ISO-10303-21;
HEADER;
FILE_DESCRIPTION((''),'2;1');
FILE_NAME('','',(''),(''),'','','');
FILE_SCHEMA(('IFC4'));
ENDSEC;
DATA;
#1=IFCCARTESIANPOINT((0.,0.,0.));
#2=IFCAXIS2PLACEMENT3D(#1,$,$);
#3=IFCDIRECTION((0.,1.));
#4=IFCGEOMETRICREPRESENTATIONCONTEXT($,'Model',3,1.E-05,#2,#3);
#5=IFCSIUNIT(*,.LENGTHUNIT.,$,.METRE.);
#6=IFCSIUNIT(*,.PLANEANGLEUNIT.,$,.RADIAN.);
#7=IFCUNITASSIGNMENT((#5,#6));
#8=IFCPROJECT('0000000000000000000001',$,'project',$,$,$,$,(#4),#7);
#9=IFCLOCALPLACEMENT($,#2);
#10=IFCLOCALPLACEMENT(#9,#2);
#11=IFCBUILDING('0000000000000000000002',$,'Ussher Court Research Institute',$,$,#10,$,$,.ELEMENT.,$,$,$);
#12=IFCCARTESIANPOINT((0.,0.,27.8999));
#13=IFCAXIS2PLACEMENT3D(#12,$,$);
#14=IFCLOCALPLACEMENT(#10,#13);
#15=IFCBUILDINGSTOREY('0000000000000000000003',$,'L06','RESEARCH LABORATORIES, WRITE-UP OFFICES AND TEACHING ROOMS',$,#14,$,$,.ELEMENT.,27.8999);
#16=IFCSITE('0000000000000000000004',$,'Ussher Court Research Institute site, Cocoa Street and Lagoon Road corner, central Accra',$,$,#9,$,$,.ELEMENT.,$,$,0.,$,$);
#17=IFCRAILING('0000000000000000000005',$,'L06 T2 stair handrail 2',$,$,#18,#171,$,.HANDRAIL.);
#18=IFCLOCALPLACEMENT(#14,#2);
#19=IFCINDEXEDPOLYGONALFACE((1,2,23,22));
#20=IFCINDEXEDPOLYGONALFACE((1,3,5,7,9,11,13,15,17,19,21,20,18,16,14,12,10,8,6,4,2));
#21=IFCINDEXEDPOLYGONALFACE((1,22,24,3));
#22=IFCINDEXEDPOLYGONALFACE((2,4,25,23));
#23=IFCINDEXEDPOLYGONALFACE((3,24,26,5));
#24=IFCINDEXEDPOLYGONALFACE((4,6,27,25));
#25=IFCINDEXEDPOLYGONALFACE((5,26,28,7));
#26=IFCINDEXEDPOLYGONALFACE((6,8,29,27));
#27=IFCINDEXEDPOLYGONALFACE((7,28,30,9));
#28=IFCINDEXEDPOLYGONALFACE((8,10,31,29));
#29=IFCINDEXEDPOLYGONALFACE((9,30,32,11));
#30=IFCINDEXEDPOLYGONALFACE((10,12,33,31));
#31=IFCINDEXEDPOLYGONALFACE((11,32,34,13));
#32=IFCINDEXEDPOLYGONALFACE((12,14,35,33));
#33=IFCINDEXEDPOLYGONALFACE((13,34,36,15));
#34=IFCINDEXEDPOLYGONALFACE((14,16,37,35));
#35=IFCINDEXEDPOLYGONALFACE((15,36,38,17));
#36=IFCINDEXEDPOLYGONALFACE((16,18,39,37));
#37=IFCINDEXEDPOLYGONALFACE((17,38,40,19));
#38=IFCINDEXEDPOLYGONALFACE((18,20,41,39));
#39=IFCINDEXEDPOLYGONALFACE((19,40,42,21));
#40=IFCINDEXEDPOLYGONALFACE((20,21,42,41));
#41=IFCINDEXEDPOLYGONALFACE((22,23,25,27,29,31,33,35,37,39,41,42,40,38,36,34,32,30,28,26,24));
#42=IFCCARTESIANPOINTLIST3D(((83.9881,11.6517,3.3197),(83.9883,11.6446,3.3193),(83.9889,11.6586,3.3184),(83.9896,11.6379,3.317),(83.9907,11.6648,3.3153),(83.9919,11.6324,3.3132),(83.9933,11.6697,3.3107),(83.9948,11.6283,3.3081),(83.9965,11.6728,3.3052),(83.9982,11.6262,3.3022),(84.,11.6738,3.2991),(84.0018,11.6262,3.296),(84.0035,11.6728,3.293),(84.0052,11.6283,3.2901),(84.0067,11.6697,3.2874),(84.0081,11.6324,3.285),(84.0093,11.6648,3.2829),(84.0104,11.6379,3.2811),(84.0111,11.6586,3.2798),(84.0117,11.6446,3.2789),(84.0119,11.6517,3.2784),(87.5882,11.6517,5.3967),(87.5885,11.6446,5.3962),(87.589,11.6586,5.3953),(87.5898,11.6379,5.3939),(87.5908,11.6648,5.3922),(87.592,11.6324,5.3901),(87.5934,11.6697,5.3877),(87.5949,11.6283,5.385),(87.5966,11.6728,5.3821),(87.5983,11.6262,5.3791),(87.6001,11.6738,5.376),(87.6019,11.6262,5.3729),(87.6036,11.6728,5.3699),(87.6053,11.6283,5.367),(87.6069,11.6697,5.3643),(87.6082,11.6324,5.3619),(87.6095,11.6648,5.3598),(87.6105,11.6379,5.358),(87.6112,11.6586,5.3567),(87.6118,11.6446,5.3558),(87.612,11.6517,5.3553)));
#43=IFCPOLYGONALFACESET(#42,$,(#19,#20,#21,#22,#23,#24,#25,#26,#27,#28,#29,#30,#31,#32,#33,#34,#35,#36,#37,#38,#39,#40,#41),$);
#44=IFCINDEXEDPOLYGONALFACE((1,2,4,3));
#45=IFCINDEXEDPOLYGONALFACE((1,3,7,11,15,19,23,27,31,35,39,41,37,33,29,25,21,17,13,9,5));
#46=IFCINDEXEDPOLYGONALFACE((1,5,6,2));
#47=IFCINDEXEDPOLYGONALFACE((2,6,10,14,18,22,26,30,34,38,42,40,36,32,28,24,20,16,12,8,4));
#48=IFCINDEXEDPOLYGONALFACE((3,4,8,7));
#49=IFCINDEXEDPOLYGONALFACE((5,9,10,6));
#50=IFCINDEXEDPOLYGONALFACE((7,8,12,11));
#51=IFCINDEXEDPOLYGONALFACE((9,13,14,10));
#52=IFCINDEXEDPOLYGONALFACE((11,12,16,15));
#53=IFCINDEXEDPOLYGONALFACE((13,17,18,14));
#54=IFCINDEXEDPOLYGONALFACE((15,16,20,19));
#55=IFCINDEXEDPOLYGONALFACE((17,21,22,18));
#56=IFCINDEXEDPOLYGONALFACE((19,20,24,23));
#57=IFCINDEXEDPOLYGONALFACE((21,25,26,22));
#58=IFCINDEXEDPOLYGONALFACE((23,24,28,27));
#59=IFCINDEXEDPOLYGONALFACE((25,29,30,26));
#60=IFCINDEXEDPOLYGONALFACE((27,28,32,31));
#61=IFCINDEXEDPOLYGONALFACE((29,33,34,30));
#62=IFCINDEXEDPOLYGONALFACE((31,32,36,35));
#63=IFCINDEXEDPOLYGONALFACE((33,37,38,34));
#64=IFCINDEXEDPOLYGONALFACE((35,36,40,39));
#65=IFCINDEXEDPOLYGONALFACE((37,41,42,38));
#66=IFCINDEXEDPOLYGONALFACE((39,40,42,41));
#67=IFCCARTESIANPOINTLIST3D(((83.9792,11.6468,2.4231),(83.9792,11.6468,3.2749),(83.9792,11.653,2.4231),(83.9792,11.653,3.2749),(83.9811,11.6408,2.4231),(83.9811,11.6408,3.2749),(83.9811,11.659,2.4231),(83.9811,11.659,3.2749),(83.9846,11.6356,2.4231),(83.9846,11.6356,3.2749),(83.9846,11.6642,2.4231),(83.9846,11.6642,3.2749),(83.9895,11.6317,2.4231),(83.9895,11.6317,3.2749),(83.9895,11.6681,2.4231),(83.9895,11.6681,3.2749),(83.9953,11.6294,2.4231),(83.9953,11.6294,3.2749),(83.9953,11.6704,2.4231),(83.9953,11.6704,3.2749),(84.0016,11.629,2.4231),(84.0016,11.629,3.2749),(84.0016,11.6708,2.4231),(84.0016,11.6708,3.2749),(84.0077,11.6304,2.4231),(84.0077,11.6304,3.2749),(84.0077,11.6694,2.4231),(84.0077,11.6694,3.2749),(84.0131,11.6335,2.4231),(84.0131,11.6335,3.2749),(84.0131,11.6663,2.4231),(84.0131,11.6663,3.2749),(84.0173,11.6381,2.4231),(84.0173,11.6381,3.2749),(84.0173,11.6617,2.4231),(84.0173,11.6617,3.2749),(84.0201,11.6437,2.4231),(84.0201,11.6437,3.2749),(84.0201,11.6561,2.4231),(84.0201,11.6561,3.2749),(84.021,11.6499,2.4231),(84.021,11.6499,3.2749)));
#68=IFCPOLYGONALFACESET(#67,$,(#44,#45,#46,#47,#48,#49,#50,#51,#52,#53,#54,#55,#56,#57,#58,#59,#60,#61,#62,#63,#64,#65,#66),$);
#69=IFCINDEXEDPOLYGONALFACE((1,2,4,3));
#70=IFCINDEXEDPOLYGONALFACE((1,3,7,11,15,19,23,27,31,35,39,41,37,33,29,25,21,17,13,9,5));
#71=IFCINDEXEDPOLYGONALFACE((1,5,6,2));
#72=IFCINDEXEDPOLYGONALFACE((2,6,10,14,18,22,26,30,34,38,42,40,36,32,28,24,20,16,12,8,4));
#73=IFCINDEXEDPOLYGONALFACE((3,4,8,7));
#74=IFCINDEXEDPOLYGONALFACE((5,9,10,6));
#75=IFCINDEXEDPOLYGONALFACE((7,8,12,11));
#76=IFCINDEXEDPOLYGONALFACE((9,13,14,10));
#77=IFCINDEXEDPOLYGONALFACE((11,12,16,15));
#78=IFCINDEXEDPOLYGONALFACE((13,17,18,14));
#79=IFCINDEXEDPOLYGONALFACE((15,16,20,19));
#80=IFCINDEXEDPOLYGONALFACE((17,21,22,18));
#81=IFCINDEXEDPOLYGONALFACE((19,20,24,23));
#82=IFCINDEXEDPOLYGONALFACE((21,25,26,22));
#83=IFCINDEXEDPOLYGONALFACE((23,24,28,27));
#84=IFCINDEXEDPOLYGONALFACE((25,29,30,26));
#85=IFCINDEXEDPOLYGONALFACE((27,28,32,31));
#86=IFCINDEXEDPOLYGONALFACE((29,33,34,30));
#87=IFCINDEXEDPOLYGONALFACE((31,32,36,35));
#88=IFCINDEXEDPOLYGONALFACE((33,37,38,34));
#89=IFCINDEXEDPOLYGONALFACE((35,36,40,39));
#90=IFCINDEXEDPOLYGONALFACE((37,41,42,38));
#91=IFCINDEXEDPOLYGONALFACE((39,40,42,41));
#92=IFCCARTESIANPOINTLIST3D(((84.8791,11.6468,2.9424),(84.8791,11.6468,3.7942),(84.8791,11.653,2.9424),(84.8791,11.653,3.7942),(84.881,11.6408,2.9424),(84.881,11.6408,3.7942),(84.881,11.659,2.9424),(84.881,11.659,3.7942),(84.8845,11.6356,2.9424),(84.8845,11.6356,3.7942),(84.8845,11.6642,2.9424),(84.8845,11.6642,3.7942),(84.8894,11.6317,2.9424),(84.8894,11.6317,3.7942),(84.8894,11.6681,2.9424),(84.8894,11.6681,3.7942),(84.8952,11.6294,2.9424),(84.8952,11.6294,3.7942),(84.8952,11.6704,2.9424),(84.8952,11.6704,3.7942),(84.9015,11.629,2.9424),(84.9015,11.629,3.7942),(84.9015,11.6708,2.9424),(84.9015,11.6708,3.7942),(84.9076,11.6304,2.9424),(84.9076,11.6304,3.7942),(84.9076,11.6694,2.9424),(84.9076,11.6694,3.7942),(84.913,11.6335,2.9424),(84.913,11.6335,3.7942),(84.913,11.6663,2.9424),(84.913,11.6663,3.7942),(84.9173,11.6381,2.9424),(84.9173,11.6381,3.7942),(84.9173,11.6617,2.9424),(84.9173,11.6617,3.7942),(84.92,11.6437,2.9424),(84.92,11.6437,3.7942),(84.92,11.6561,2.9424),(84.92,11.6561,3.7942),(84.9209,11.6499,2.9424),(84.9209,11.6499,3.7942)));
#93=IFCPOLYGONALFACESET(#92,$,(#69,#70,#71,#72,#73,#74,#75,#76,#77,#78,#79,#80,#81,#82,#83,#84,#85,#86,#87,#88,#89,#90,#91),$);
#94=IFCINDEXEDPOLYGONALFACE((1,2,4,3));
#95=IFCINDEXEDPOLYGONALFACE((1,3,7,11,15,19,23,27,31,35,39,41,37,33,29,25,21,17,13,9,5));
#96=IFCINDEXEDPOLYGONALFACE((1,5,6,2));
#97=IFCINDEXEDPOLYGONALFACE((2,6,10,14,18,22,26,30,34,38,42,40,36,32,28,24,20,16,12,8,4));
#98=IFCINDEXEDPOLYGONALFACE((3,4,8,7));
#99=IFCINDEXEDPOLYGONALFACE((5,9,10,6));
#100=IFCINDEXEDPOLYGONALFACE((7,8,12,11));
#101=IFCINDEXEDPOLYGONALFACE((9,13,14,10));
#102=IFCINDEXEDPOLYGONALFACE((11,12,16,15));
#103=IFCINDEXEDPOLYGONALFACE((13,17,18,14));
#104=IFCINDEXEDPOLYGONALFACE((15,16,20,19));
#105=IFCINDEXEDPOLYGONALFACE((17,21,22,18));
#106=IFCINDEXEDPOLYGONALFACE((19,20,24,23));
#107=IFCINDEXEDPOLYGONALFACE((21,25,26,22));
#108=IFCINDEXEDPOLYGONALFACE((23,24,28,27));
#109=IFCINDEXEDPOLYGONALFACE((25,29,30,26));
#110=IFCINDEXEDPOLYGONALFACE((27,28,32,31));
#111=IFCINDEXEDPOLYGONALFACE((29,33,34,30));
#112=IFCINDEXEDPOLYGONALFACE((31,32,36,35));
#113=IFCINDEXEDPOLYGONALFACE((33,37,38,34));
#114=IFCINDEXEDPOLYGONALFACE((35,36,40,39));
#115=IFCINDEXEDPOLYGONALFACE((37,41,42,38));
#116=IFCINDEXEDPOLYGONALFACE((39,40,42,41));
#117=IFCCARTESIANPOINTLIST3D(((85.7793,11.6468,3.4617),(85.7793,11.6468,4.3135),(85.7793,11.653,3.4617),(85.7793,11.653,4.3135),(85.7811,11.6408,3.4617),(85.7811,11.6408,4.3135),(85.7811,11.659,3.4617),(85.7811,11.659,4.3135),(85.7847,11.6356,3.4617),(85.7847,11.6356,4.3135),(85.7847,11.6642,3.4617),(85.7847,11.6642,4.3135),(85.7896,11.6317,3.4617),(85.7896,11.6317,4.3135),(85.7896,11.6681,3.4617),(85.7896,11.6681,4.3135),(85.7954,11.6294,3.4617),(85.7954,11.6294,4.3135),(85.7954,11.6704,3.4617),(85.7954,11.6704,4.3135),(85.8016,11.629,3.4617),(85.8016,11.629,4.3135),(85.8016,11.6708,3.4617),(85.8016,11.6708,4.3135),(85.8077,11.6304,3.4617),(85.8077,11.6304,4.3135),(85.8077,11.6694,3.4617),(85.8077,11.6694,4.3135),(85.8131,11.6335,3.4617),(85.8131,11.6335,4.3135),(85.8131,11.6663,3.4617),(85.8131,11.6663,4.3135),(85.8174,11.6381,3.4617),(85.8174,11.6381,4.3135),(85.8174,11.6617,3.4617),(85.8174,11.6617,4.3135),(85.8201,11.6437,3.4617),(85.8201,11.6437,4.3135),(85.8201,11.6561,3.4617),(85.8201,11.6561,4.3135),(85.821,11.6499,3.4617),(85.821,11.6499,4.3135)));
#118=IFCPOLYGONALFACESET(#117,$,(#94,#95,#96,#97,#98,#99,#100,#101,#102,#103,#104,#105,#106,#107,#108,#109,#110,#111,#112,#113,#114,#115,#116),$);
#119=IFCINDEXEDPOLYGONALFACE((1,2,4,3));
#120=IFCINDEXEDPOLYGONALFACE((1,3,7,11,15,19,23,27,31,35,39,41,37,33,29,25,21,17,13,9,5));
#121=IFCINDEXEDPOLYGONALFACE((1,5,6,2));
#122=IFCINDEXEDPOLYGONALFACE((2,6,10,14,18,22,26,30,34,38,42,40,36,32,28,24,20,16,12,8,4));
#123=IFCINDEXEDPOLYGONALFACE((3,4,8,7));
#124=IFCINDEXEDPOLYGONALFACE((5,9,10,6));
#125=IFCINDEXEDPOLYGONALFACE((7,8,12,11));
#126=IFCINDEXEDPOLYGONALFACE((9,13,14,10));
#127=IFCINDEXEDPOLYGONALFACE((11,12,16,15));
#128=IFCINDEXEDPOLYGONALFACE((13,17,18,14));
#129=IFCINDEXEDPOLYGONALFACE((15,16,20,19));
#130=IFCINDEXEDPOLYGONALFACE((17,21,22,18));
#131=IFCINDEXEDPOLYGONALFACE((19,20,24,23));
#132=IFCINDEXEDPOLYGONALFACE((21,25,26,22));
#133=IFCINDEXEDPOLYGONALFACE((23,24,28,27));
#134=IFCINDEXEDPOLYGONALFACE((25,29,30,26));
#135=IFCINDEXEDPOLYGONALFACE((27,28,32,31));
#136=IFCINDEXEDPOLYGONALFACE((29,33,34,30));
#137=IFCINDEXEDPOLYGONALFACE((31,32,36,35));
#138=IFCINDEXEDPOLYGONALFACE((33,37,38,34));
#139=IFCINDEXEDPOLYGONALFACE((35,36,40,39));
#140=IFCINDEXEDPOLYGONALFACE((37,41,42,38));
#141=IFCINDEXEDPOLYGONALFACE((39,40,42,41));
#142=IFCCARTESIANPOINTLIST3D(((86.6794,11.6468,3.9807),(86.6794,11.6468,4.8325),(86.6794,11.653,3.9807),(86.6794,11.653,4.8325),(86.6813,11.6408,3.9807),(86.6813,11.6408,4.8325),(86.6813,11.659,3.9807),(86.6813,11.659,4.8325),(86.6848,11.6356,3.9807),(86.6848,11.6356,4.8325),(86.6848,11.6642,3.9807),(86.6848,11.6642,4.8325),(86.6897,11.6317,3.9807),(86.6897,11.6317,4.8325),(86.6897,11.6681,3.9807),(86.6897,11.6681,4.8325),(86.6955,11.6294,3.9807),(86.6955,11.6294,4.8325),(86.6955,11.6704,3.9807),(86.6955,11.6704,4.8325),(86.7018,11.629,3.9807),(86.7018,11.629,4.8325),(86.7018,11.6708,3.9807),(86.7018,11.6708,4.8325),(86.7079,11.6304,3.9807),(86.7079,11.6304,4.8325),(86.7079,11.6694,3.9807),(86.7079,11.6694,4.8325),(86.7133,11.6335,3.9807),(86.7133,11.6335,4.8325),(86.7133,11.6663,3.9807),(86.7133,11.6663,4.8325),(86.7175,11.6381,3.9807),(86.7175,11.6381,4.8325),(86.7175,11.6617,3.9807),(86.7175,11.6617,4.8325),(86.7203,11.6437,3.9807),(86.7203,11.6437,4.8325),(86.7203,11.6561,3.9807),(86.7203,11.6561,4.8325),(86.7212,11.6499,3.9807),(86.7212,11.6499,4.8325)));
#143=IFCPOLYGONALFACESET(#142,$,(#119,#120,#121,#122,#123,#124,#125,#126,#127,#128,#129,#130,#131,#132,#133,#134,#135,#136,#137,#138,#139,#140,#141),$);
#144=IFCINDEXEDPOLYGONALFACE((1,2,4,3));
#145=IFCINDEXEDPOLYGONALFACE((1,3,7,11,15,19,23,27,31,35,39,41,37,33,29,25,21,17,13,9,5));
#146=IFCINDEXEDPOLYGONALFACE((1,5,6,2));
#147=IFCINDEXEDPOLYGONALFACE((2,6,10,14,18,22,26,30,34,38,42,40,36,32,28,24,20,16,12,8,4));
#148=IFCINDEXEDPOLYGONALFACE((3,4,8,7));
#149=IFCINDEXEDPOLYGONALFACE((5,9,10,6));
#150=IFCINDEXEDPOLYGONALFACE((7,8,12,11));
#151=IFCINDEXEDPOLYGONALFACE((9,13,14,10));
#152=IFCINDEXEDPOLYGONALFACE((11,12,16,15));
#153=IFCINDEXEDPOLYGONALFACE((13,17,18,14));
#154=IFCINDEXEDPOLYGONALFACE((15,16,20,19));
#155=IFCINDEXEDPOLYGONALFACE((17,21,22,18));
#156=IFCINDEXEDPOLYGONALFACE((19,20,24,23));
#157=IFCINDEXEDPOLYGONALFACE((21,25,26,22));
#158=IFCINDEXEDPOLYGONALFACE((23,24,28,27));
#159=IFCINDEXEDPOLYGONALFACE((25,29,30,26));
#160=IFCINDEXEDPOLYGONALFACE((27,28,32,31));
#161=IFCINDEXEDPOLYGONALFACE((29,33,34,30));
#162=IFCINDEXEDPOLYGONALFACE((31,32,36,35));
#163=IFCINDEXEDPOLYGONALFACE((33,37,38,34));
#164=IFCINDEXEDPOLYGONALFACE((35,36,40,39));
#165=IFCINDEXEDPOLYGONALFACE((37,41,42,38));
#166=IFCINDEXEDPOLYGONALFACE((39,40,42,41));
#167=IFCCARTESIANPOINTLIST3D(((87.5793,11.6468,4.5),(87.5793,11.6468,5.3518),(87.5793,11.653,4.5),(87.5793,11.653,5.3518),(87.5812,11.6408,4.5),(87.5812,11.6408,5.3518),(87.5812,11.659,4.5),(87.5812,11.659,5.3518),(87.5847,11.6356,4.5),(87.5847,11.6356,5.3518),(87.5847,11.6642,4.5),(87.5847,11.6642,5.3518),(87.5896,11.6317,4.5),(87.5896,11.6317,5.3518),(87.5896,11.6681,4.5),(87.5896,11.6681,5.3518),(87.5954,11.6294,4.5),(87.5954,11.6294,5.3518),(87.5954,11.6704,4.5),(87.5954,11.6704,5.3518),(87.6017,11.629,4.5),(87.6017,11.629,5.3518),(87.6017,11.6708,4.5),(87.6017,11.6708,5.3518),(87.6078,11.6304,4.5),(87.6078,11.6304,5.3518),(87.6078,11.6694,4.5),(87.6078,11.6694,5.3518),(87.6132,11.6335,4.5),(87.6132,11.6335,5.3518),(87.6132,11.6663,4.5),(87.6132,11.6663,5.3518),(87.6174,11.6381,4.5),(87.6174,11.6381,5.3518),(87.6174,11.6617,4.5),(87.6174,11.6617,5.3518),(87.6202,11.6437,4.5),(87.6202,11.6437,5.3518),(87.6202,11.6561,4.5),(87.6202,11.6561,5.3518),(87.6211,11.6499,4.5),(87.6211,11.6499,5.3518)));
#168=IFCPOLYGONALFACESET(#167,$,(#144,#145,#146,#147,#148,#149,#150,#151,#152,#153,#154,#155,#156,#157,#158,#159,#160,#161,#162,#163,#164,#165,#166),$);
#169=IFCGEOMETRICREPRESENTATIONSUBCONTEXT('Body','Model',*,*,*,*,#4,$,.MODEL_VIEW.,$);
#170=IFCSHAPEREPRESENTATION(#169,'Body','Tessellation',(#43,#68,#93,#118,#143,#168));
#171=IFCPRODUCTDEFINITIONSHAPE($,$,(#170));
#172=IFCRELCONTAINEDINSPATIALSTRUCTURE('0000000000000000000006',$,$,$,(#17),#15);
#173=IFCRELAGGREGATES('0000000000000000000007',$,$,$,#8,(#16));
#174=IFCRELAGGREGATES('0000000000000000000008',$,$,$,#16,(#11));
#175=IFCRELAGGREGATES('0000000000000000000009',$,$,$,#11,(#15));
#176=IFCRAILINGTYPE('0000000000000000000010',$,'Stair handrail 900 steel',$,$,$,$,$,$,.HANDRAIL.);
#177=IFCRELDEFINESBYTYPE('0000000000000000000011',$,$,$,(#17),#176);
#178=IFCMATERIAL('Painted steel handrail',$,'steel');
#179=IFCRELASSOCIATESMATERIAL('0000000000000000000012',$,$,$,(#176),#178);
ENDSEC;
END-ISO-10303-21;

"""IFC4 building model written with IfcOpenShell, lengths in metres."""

from ifc_helpers import new_model, si_unit, direction, frame, origin, origin_2d, place, context, subcontext, project, spatial, circle, extrude, material, type_object, element, save


model = new_model("IFC4")

# Units and contexts
model_context = context("Model", 3, precision=1e-05, world=origin(), true_north=direction((0.0, 1.0)))
body_context = subcontext(model_context, "Body", "Model", "MODEL_VIEW")
ifc_project = project(units=[si_unit("LENGTHUNIT", "METRE"), si_unit("PLANEANGLEUNIT", "RADIAN")], contexts=[model_context])

# Site, building, storey
site_placement = place(None, origin())
site = spatial("IfcSite", under=ifc_project, at=site_placement, Name="Ussher Court Research Institute site, Cocoa Street and Lagoon Road corner, central Accra", CompositionType="ELEMENT", RefElevation=0.0)
building_placement = place(site_placement, origin())
building = spatial("IfcBuilding", under=site, at=building_placement, Name="Ussher Court Research Institute", CompositionType="ELEMENT")
storey_placement = place(building_placement, frame((0.0, 0.0, 27.8999)))
storey = spatial("IfcBuildingStorey", under=building, at=storey_placement, Name="L06", Description="RESEARCH LABORATORIES, WRITE-UP OFFICES AND TEACHING ROOMS", CompositionType="ELEMENT", Elevation=27.8999)

# Railing
ifc_material_1 = material(Name="Painted steel handrail", Category="steel")
railing_type_1 = type_object("IfcRailingType", Name="Stair handrail 900 steel", PredefinedType="HANDRAIL", material=ifc_material_1)
railing_1_placement = place(storey_placement, frame((84.0, 11.6499, 2.4231)))
element("IfcRailing", 1, at=railing_1_placement, inside=storey, type_object=railing_type_1, Name="L06 T2 stair handrail 2", PredefinedType="HANDRAIL", context=body_context, shape_type="SweptSolid", body=[
    extrude(circle(Radius=0.0239, at=origin_2d()), frame((0.0, 0.0, 0.876), z_axis=(0.866193, 0.0, 0.499709), x_axis=(0.0, 1.0, 0.0)), (0.0, 0.0, 1.0), 4.1562),
    extrude(circle(Radius=0.021, at=origin_2d()), origin(), (0.0, 0.0, 1.0), 0.8518),
    extrude(circle(Radius=0.021, at=origin_2d()), frame((0.8999, 0.0, 0.5193)), (0.0, 0.0, 1.0), 0.8518),
    extrude(circle(Radius=0.021, at=origin_2d()), frame((1.8, 0.0, 1.0386)), (0.0, 0.0, 1.0), 0.8518),
    extrude(circle(Radius=0.021, at=origin_2d()), frame((2.7002, 0.0, 1.5576)), (0.0, 0.0, 1.0), 0.8518),
    extrude(circle(Radius=0.021, at=origin_2d()), frame((3.6001, 0.0, 2.0769)), (0.0, 0.0, 1.0), 0.8518),
])

save(model, "model.ifc")
